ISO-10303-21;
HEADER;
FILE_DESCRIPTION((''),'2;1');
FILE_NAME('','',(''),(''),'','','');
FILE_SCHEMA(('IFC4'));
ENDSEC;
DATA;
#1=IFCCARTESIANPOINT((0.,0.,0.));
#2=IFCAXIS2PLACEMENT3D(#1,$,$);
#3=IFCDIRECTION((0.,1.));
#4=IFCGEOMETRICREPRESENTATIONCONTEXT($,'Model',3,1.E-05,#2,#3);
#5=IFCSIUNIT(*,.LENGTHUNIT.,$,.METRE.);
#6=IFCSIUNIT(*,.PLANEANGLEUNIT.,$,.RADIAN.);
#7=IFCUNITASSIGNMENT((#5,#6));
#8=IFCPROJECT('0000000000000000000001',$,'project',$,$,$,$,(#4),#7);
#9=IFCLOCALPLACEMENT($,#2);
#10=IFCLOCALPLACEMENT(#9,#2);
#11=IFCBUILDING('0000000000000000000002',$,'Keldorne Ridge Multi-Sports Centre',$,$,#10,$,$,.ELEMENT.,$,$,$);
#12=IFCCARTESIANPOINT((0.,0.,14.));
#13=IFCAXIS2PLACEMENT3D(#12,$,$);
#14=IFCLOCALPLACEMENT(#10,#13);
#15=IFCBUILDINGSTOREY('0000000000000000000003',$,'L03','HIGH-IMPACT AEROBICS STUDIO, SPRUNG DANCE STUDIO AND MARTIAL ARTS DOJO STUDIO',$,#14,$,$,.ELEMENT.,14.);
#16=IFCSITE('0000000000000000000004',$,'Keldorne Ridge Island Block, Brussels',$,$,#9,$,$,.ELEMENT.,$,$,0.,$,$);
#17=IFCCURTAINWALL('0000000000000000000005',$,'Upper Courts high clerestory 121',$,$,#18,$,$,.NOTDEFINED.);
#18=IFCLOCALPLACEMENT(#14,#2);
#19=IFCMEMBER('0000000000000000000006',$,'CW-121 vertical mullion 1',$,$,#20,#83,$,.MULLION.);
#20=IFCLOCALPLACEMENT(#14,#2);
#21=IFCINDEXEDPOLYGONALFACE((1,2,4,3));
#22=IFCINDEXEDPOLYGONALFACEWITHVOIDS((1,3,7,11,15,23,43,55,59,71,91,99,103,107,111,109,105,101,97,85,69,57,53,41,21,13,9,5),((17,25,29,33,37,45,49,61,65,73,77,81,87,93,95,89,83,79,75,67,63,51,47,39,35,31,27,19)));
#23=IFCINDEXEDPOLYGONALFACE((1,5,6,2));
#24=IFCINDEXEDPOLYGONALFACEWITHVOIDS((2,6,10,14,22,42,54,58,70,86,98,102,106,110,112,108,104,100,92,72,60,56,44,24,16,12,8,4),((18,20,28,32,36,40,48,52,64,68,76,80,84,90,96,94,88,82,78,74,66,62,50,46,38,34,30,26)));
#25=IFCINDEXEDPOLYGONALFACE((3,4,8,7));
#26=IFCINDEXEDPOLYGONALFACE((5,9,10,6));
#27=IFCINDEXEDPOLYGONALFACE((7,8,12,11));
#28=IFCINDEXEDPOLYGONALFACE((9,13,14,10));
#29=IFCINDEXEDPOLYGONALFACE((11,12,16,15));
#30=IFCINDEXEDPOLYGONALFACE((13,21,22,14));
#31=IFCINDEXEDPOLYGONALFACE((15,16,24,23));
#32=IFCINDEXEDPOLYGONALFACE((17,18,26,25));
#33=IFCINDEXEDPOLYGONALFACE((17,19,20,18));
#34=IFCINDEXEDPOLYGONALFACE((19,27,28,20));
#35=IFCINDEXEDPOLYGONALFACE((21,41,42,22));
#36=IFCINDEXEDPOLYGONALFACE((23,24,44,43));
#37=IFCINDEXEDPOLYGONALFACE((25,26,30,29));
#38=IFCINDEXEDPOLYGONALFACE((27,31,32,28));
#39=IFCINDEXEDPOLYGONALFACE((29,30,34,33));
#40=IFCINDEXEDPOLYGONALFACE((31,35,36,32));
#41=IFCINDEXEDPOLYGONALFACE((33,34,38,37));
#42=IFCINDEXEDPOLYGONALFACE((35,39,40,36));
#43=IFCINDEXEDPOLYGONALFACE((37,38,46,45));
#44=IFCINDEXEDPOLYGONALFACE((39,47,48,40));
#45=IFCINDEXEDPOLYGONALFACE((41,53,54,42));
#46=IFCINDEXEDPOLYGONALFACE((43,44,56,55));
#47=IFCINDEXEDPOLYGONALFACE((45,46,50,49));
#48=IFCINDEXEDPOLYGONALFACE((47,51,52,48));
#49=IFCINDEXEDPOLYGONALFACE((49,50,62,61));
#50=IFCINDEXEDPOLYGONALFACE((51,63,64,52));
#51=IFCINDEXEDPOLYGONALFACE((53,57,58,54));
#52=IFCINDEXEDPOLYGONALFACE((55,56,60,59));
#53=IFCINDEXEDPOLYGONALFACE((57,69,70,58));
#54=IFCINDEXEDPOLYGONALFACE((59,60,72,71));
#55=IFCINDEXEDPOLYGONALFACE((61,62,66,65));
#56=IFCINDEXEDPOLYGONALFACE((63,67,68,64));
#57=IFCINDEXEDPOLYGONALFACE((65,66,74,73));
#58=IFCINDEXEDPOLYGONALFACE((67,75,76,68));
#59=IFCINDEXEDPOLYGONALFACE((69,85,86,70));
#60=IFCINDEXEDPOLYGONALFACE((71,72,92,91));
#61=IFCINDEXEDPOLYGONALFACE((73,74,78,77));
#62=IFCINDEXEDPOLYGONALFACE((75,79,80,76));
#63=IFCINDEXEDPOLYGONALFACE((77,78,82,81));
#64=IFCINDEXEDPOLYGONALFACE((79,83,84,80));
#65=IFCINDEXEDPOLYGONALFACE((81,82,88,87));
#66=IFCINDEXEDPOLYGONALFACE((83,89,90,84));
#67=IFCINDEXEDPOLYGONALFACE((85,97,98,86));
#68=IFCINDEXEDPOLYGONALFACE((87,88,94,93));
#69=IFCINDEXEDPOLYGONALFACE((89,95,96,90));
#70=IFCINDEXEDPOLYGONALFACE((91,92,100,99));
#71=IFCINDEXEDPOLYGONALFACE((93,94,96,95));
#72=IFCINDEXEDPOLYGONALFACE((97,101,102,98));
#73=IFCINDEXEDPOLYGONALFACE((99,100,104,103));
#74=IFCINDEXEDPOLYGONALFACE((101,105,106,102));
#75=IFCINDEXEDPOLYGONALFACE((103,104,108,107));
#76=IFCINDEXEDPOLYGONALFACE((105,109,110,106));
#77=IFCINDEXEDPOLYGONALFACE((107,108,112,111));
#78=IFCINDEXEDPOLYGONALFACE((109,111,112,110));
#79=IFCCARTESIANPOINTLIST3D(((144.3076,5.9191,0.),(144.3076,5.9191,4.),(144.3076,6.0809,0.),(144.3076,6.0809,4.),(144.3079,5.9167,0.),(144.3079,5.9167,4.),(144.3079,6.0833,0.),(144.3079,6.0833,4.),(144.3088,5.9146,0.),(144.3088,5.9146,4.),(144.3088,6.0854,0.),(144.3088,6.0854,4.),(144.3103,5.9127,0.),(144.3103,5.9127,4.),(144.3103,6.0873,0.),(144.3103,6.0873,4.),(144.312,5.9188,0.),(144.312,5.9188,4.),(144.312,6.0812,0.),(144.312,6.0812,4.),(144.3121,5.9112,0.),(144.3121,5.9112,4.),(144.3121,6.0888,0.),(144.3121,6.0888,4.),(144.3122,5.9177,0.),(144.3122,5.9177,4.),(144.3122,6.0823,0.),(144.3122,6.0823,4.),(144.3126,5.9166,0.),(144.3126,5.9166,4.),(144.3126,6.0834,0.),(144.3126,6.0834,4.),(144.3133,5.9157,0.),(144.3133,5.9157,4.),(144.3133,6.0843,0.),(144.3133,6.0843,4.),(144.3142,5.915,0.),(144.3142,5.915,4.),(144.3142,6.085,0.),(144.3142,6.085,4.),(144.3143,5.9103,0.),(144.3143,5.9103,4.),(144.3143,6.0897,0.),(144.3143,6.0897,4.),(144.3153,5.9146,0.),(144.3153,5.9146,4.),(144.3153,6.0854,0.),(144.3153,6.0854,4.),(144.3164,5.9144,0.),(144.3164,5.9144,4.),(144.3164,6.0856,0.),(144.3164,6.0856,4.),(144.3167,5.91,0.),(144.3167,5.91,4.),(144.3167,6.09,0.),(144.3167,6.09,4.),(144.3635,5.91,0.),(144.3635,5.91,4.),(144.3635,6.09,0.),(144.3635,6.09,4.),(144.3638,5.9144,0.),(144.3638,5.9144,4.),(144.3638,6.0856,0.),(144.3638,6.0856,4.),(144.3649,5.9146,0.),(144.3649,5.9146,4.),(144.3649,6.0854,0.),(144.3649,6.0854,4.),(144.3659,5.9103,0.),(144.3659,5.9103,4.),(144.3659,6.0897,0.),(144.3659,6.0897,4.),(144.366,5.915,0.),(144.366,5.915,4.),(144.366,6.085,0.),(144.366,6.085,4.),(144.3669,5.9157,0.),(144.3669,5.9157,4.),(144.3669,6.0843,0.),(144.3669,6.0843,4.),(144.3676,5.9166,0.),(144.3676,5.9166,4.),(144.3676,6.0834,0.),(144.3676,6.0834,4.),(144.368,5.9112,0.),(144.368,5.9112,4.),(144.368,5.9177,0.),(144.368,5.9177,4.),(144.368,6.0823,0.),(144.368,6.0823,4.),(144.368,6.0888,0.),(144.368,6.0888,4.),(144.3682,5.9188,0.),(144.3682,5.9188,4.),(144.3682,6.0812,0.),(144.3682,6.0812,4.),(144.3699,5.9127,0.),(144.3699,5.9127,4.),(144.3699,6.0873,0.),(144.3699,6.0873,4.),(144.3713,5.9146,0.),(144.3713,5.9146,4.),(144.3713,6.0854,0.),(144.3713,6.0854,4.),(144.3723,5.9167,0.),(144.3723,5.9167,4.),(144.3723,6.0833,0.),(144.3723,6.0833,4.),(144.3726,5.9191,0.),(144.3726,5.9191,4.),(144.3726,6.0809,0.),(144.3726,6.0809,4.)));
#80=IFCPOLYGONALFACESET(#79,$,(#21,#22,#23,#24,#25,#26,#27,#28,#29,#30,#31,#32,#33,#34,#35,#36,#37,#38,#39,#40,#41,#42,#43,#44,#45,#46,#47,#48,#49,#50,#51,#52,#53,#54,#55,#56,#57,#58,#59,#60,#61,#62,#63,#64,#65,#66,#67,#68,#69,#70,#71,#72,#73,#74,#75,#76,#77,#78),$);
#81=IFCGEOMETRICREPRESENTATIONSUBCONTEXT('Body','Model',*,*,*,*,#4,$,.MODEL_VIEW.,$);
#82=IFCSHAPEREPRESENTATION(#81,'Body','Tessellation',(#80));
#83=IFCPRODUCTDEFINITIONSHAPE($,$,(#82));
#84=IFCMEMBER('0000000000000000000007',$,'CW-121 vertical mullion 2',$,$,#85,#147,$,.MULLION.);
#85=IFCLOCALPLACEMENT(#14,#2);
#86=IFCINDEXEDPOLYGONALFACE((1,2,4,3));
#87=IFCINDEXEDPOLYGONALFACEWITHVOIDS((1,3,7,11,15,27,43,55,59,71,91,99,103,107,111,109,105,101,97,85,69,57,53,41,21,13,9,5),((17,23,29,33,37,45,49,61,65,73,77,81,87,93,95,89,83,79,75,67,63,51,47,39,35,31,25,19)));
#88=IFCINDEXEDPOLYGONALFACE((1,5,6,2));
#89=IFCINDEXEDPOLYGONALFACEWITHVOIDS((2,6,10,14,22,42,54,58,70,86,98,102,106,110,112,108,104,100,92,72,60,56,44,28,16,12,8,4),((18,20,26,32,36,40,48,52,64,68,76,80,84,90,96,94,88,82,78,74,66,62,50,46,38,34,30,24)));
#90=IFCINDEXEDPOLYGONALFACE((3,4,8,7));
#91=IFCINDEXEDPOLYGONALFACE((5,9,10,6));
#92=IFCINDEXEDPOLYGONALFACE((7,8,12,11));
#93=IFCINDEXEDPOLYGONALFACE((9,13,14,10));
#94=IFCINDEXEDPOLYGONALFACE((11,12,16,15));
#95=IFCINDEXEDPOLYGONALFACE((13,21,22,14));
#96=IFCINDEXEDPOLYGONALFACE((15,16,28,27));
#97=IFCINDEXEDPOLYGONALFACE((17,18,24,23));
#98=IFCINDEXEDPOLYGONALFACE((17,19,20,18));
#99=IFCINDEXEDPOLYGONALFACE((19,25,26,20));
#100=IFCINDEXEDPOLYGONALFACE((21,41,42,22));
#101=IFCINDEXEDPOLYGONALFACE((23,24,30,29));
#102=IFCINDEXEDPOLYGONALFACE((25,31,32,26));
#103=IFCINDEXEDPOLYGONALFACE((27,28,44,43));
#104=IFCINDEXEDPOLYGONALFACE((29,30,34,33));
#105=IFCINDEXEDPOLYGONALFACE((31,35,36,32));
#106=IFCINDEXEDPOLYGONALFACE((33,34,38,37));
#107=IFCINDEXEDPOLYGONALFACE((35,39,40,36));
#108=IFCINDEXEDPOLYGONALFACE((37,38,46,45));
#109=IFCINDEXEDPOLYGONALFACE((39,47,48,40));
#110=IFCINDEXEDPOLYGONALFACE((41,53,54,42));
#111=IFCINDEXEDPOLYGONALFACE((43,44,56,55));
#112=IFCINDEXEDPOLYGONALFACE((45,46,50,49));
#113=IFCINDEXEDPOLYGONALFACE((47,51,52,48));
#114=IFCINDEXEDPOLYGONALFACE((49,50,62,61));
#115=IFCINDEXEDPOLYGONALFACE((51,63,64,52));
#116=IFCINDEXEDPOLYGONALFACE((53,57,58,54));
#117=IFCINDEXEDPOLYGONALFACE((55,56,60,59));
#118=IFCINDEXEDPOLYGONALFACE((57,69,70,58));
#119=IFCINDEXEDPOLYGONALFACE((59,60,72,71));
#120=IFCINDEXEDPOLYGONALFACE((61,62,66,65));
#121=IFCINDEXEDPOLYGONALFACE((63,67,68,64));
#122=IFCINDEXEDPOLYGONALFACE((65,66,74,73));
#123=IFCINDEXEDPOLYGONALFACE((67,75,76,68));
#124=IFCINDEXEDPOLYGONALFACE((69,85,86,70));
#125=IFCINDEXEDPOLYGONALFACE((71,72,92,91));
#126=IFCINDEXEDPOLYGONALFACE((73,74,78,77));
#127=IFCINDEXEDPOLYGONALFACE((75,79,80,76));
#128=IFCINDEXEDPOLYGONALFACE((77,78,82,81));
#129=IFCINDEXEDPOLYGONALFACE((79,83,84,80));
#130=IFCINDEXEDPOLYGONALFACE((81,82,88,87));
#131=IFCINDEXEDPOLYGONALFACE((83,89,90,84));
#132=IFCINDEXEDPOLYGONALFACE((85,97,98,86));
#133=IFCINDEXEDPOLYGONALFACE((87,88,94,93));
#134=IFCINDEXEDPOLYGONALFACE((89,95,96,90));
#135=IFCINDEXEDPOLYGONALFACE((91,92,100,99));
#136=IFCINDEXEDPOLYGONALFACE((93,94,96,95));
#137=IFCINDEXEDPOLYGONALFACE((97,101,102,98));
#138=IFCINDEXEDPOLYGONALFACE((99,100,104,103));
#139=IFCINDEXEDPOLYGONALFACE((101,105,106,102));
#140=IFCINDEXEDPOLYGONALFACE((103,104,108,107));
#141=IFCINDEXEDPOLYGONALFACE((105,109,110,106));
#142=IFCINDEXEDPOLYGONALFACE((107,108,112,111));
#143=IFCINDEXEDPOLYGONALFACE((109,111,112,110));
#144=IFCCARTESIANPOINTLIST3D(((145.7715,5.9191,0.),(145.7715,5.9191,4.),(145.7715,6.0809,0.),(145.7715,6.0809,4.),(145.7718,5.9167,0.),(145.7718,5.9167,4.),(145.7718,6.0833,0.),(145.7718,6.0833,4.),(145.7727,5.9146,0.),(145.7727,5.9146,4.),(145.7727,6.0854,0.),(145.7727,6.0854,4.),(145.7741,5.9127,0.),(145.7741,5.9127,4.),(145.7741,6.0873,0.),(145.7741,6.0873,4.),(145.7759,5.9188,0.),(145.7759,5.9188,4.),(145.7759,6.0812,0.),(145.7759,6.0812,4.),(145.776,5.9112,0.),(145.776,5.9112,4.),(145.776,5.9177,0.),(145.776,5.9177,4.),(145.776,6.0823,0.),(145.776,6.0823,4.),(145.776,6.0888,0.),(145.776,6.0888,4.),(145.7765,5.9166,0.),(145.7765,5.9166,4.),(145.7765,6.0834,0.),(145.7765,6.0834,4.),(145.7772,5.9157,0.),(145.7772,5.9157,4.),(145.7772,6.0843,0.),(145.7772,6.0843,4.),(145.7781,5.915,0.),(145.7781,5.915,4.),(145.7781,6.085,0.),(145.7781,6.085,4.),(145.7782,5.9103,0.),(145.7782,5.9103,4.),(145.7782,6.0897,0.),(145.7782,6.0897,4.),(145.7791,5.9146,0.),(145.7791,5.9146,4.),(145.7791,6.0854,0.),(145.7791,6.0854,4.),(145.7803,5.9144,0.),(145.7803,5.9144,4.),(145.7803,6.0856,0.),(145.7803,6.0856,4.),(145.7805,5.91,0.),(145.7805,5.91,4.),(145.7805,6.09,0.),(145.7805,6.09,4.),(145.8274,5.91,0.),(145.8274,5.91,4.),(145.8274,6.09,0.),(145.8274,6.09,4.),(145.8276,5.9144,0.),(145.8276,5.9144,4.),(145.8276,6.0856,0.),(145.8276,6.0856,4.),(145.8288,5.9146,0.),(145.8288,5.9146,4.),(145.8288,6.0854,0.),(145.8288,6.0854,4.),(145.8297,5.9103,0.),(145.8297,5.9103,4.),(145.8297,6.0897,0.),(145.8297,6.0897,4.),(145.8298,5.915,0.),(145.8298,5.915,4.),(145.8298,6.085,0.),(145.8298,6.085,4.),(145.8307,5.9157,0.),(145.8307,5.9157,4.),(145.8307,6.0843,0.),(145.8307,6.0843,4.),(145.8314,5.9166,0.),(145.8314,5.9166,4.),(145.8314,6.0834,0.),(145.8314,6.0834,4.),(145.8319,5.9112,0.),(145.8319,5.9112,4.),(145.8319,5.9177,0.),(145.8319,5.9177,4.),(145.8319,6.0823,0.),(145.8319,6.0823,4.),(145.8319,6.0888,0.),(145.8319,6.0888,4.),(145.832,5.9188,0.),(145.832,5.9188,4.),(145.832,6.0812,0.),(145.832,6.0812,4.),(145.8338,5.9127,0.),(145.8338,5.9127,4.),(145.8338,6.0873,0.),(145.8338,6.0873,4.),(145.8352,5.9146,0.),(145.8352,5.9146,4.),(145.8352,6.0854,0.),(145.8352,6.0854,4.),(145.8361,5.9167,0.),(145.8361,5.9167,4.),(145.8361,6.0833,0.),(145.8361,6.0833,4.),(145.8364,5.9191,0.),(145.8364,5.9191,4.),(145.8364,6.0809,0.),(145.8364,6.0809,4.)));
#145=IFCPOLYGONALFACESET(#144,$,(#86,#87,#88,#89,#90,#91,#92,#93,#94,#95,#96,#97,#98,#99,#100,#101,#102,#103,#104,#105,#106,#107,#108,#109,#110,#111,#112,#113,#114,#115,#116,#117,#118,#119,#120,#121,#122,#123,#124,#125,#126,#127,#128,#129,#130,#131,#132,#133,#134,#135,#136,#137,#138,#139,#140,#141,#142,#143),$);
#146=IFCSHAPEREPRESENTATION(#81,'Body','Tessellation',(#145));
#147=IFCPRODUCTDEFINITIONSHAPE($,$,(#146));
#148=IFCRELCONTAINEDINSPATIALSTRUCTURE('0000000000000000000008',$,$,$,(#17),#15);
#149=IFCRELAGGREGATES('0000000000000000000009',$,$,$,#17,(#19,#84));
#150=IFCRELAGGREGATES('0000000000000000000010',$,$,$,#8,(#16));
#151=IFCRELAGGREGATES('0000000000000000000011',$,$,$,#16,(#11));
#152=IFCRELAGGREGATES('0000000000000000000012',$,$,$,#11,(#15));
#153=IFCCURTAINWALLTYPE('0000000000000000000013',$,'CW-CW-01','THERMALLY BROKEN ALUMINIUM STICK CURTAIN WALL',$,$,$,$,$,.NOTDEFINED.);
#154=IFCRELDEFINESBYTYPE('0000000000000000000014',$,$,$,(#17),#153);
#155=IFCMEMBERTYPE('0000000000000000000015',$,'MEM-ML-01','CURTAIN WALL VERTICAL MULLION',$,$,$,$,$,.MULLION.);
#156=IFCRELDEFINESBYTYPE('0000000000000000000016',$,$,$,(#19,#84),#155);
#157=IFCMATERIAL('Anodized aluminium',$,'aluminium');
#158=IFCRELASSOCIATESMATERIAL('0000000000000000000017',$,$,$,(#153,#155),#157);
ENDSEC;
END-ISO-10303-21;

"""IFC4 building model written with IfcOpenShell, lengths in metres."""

from ifc_helpers import new_model, si_unit, direction, frame, origin, origin_2d, place, context, subcontext, project, spatial, hollow_rectangle, extrude, material, material_profile, profile_set, type_object, element, aggregate, save


model = new_model("IFC4")

# Units and contexts
model_context = context("Model", 3, precision=1e-05, world=origin(), true_north=direction((0.0, 1.0)))
body_context = subcontext(model_context, "Body", "Model", "MODEL_VIEW")
ifc_project = project(units=[si_unit("LENGTHUNIT", "METRE"), si_unit("PLANEANGLEUNIT", "RADIAN")], contexts=[model_context])

# Site, building, storey
site_placement = place(None, origin())
site = spatial("IfcSite", under=ifc_project, at=site_placement, Name="Keldorne Ridge Island Block, Brussels", CompositionType="ELEMENT", RefElevation=0.0)
building_placement = place(site_placement, origin())
building = spatial("IfcBuilding", under=site, at=building_placement, Name="Keldorne Ridge Multi-Sports Centre", CompositionType="ELEMENT")
storey_placement = place(building_placement, frame((0.0, 0.0, 14.0)))
storey = spatial("IfcBuildingStorey", under=building, at=storey_placement, Name="L03", Description="HIGH-IMPACT AEROBICS STUDIO, SPRUNG DANCE STUDIO AND MARTIAL ARTS DOJO STUDIO", CompositionType="ELEMENT", Elevation=14.0)

# Curtain wall, members
ifc_material_1 = material(Name="Anodized aluminium", Category="aluminium")
curtain_wall_type = type_object("IfcCurtainWallType", Name="CW-CW-01", Description="THERMALLY BROKEN ALUMINIUM STICK CURTAIN WALL", PredefinedType="NOTDEFINED", material=ifc_material_1)
curtain_wall_placement = place(storey_placement, origin())
curtain_wall = element("IfcCurtainWall", 1, at=curtain_wall_placement, inside=storey, type_object=curtain_wall_type, Name="Upper Courts high clerestory 121", PredefinedType="NOTDEFINED")
ifc_material_profile_1 = material_profile(ifc_material_1, hollow_rectangle(XDim=0.0649, YDim=0.1799, WallThickness=0.0044, InnerFilletRadius=0.0044, OuterFilletRadius=0.009, at=origin_2d()), Name="ALU MULLION 180x65x4.5")
ifc_profile_set_1 = profile_set([ifc_material_profile_1], Name="Anodized aluminium")
member_type_1 = type_object("IfcMemberType", Name="MEM-ML-01", Description="CURTAIN WALL VERTICAL MULLION", PredefinedType="MULLION", material=ifc_profile_set_1)
member_1_placement = place(storey_placement, frame((144.3401, 6.0, 0.0), z_axis=(0.0, 0.0, 1.0), x_axis=(1.0, 0.0, 0.0)))
member_1 = element("IfcMember", 2, at=member_1_placement, type_object=member_type_1, Name="CW-121 vertical mullion 1", PredefinedType="MULLION", context=body_context, shape_type="SweptSolid", body=[
    extrude(hollow_rectangle(XDim=0.0649, YDim=0.1799, WallThickness=0.0044, InnerFilletRadius=0.0044, OuterFilletRadius=0.009, at=origin_2d()), origin(), (0.0, 0.0, 1.0), 4.0),
])
member_2_placement = place(storey_placement, frame((145.804, 6.0, 0.0), z_axis=(0.0, 0.0, 1.0), x_axis=(1.0, 0.0, 0.0)))
member_2 = element("IfcMember", 3, at=member_2_placement, type_object=member_type_1, Name="CW-121 vertical mullion 2", PredefinedType="MULLION", context=body_context, shape_type="SweptSolid", body=[
    extrude(hollow_rectangle(XDim=0.0649, YDim=0.1799, WallThickness=0.0044, InnerFilletRadius=0.0044, OuterFilletRadius=0.009, at=origin_2d()), origin(), (0.0, 0.0, 1.0), 4.0),
])

aggregate(curtain_wall, [member_1, member_2])

save(model, "model.ifc")
